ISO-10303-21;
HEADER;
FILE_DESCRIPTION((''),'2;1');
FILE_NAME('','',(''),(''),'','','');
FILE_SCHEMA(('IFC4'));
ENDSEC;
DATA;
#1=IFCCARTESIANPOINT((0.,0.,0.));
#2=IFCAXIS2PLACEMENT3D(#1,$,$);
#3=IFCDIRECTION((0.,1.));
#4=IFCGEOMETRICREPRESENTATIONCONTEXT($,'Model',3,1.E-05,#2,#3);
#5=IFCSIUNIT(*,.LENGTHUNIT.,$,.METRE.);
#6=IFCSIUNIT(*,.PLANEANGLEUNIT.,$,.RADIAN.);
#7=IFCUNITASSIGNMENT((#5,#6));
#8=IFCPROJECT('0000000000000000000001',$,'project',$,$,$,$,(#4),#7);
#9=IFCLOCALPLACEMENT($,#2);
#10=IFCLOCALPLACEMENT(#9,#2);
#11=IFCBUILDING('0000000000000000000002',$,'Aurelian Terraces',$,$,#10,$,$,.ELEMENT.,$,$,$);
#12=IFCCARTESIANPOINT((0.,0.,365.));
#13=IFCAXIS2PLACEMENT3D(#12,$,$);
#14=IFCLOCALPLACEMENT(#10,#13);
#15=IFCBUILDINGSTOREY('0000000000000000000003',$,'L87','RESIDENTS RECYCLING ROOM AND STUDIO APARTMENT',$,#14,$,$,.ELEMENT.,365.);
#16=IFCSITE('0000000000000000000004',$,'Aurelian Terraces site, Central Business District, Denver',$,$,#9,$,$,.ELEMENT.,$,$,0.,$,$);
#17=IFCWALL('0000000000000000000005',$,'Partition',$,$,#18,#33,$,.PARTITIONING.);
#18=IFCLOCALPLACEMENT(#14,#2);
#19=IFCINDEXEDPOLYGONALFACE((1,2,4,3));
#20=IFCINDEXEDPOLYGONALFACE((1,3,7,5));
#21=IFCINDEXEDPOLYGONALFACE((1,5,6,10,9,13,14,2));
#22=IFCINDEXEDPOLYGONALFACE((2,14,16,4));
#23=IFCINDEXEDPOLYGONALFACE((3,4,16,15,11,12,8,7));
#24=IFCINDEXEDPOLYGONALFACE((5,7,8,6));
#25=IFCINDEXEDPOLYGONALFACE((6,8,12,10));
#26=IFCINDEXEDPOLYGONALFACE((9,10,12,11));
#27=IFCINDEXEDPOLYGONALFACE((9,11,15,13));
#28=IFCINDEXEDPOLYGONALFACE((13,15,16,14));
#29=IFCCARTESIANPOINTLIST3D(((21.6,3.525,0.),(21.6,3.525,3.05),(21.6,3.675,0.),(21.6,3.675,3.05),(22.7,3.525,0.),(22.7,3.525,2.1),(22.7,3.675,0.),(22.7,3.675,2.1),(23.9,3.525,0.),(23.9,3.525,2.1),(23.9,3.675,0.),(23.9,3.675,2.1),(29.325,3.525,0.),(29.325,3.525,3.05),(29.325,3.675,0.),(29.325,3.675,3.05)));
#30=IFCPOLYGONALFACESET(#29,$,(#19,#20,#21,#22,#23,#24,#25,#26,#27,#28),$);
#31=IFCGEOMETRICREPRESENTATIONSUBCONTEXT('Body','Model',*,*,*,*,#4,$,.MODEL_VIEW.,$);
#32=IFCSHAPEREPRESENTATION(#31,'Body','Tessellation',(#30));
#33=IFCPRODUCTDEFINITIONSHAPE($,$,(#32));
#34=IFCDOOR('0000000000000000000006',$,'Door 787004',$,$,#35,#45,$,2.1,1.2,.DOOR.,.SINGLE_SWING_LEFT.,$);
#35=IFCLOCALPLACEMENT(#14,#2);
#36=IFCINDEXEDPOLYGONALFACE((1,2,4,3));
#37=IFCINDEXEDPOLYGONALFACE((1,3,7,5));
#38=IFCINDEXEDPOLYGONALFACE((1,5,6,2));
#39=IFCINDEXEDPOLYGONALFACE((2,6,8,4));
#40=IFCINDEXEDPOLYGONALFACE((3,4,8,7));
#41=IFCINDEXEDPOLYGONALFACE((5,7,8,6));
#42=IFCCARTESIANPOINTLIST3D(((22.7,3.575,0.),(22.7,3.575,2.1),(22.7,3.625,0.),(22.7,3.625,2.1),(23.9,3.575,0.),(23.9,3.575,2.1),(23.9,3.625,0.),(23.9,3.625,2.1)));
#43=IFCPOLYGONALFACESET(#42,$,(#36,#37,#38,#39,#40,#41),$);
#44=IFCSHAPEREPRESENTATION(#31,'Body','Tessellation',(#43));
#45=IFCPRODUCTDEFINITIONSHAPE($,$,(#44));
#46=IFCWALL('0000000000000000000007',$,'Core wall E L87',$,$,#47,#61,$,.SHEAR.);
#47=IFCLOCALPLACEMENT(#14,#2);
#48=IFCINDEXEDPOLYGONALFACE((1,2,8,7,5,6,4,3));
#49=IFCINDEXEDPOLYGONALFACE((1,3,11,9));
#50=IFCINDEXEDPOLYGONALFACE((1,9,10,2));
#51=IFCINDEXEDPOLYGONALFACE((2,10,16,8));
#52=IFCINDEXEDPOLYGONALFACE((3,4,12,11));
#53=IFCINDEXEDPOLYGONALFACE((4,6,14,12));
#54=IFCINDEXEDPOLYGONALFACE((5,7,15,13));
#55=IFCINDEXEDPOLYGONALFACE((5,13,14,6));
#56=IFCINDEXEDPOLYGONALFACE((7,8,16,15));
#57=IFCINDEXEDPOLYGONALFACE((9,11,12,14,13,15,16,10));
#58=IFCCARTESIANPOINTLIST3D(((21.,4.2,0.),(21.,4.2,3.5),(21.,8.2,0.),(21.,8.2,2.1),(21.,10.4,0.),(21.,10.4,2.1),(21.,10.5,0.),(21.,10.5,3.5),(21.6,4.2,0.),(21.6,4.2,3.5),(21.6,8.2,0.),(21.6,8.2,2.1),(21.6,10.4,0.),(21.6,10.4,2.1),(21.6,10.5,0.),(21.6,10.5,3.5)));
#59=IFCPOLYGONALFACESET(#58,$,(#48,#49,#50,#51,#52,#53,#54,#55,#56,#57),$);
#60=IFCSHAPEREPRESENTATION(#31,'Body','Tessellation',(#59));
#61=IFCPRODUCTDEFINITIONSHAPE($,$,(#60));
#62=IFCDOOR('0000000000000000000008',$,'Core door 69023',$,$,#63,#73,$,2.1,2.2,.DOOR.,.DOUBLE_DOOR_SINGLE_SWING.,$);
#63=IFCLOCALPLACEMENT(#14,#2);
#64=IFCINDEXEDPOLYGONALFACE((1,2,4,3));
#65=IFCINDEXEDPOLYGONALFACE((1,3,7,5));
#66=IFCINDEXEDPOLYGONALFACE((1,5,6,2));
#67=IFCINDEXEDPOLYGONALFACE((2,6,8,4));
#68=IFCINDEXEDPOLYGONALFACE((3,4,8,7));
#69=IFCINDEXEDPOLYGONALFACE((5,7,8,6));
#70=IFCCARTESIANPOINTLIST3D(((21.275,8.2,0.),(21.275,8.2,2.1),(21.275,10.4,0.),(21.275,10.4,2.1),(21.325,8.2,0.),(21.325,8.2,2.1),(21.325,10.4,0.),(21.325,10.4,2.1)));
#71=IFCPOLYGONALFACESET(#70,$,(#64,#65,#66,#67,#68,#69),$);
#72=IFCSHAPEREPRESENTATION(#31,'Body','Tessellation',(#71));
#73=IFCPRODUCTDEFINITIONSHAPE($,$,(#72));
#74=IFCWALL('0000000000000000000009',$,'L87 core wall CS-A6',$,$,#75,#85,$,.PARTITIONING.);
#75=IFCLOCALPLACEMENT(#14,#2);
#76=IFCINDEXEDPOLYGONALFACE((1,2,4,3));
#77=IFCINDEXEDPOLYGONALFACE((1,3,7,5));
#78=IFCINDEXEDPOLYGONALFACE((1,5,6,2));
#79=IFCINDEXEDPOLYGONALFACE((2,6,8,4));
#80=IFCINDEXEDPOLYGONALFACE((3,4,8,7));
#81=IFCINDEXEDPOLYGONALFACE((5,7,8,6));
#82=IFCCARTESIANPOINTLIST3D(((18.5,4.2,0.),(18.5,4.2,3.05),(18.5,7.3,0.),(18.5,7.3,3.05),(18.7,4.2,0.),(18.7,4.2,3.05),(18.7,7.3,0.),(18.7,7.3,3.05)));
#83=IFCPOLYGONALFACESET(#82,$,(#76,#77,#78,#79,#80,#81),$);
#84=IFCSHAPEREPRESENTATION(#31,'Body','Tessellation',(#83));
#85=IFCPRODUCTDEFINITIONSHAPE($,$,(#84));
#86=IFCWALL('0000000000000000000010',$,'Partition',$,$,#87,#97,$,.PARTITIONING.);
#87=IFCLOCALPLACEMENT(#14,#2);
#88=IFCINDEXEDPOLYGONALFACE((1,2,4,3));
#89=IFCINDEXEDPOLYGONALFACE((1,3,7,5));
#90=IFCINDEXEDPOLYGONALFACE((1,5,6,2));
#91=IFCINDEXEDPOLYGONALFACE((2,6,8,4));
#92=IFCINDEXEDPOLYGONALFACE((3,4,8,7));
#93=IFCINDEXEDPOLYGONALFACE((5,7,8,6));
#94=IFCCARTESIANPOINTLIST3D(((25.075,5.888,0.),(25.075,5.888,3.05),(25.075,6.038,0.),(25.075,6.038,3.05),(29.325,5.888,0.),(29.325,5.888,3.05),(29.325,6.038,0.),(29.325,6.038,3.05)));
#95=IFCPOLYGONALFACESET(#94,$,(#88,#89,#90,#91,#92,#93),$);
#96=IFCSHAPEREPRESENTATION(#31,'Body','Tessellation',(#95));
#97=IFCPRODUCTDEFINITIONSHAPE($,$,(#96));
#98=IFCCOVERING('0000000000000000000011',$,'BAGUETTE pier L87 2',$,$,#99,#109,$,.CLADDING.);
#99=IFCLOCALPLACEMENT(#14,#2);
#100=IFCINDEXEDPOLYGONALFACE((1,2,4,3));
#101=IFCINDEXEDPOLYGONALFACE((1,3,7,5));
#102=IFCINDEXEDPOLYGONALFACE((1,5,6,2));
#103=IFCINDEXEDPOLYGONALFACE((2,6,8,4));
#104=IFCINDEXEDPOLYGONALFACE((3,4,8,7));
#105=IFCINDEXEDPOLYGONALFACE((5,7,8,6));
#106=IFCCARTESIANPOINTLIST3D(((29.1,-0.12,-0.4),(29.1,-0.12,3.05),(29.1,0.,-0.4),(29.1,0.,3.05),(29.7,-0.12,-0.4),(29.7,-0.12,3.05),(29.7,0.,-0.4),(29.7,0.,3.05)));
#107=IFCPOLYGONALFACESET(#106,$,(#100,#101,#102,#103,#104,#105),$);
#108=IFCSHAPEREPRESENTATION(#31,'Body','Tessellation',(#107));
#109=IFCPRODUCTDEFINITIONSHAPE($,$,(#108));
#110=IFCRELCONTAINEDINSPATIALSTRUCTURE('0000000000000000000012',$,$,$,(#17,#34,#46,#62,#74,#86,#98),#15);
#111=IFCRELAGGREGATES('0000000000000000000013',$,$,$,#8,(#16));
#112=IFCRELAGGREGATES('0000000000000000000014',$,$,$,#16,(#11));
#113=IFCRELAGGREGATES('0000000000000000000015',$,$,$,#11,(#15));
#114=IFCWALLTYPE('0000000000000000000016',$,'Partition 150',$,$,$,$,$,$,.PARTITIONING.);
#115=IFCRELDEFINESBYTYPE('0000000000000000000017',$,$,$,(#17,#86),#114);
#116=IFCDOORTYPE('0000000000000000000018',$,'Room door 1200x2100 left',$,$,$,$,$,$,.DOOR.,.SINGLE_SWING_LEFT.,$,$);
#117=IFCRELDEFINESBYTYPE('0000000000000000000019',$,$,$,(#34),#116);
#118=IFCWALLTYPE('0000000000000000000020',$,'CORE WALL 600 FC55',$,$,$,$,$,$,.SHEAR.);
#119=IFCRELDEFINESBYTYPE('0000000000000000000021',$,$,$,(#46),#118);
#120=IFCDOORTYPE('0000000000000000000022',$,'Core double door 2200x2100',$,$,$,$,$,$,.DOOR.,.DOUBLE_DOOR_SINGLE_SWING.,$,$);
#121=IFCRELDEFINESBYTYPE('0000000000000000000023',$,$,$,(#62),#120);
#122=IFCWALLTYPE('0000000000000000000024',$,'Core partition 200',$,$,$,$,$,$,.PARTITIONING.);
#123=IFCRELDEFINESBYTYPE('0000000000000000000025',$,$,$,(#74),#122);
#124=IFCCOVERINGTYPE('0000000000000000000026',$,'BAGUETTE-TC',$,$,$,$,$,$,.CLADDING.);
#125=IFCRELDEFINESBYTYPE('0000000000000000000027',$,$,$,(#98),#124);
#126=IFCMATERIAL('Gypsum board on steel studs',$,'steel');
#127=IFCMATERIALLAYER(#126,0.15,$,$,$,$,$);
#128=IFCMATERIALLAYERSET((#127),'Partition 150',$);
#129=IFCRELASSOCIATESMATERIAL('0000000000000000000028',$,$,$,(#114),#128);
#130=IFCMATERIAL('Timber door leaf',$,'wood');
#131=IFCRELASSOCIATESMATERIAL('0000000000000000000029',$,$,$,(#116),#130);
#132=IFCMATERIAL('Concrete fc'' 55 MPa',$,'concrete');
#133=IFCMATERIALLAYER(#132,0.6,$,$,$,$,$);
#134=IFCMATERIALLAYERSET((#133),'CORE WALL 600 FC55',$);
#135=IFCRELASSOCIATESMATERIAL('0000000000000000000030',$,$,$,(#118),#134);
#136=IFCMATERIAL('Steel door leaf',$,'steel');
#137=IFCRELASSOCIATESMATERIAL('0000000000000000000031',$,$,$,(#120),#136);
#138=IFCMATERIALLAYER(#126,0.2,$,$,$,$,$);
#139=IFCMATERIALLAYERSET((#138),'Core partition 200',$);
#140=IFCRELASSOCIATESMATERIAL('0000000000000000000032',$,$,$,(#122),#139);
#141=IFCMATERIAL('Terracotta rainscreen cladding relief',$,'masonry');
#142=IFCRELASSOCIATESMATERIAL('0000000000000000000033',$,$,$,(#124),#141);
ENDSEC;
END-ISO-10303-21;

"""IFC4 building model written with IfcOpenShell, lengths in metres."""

from ifc_helpers import new_model, si_unit, direction, frame, frame_2d, origin, origin_2d, place, context, subcontext, project, spatial, rectangle, extrude, source, transform, mapped, material, layer, layer_set, type_object, element, fill, save


model = new_model("IFC4")

# Units and contexts
model_context = context("Model", 3, precision=1e-05, world=origin(), true_north=direction((0.0, 1.0)))
body_context = subcontext(model_context, "Body", "Model", "MODEL_VIEW")
ifc_project = project(units=[si_unit("LENGTHUNIT", "METRE"), si_unit("PLANEANGLEUNIT", "RADIAN")], contexts=[model_context])

# Site, building, storey
site_placement = place(None, origin())
site = spatial("IfcSite", under=ifc_project, at=site_placement, Name="Aurelian Terraces site, Central Business District, Denver", CompositionType="ELEMENT", RefElevation=0.0)
building_placement = place(site_placement, origin())
building = spatial("IfcBuilding", under=site, at=building_placement, Name="Aurelian Terraces", CompositionType="ELEMENT")
storey_placement = place(building_placement, frame((0.0, 0.0, 365.0)))
storey = spatial("IfcBuildingStorey", under=building, at=storey_placement, Name="L87", Description="RESIDENTS RECYCLING ROOM AND STUDIO APARTMENT", CompositionType="ELEMENT", Elevation=365.0)

# Shared definitions
ifc_material_1 = material(Name="Concrete fc' 55 MPa", Category="concrete")

# Shared definitions
ifc_material_2 = material(Name="Gypsum board on steel studs", Category="steel")
ifc_material_3 = material(Name="Steel door leaf", Category="steel")

# Walls, openings, doors
ifc_layer_1 = layer(ifc_material_2, 0.15)
ifc_layer_set_1 = layer_set([ifc_layer_1], Name="Partition 150")
wall_type_1 = type_object("IfcWallType", Name="Partition 150", PredefinedType="PARTITIONING", material=ifc_layer_set_1)
ifc_material_4 = material(Name="Timber door leaf", Category="wood")
wall_1_placement = place(storey_placement, frame((21.6, 3.6, 0.0), z_axis=(0.0, 0.0, 1.0), x_axis=(1.0, 0.0, 0.0)))
wall_1 = element("IfcWall", 1, at=wall_1_placement, inside=storey, type_object=wall_type_1, Name="Partition", PredefinedType="PARTITIONING", context=body_context, shape_type="SweptSolid", body=[
    extrude(rectangle(XDim=7.725, YDim=0.15, at=frame_2d((3.8625, 0.0))), origin(), (0.0, 0.0, 1.0), 3.05),
])
shared_shape_1 = source(origin(), body_context, "Body", "SweptSolid", [
    extrude(rectangle(XDim=1.2, YDim=2.1, at=frame_2d((0.6, 1.05))), frame((0.0, 0.085, 0.0), z_axis=(0.0, -1.0, 0.0), x_axis=(1.0, 0.0, 0.0)), (0.0, 0.0, 1.0), 0.17),
])
opening_1_placement = place(wall_1_placement, frame((1.1, 0.0, 0.0)))
opening_1 = element("IfcOpeningElement", 2, at=opening_1_placement, cuts=wall_1, PredefinedType="OPENING", context=body_context, shape_type="MappedRepresentation", body=[
    mapped(shared_shape_1, transform((0.0, 0.0, 0.0), scale=1.0)),
])
door_type_1 = type_object("IfcDoorType", Name="Room door 1200x2100 left", OperationType="SINGLE_SWING_LEFT", PredefinedType="DOOR", material=ifc_material_4)
shared_shape_2 = source(origin(), body_context, "Body", "SweptSolid", [
    extrude(rectangle(XDim=1.2, YDim=2.1, at=frame_2d((0.6, 1.05))), frame((0.0, 0.025, 0.0), z_axis=(0.0, -1.0, 0.0), x_axis=(1.0, 0.0, 0.0)), (0.0, 0.0, 1.0), 0.05),
])
door_1_placement = place(opening_1_placement, origin())
door_1 = element("IfcDoor", 3, at=door_1_placement, inside=storey, type_object=door_type_1, Name="Door 787004", OperationType="SINGLE_SWING_LEFT", OverallHeight=2.1, OverallWidth=1.2, PredefinedType="DOOR", context=body_context, shape_type="MappedRepresentation", body=[
    mapped(shared_shape_2, transform((0.0, 0.0, 0.0), scale=1.0)),
])
fill(opening_1, door_1)
ifc_layer_2 = layer(ifc_material_1, 0.6)
ifc_layer_set_2 = layer_set([ifc_layer_2], Name="CORE WALL 600 FC55")
wall_type_2 = type_object("IfcWallType", Name="CORE WALL 600 FC55", PredefinedType="SHEAR", material=ifc_layer_set_2)
shared_shape_3 = source(origin(), body_context, "Body", "SweptSolid", [
    extrude(rectangle(XDim=6.3, YDim=0.6, at=frame_2d((3.15, 0.0))), origin(), (0.0, 0.0, 1.0), 3.5),
])
wall_2_placement = place(storey_placement, frame((21.3, 4.2, 0.0), z_axis=(0.0, 0.0, 1.0), x_axis=(0.0, 1.0, 0.0)))
wall_2 = element("IfcWall", 4, at=wall_2_placement, inside=storey, type_object=wall_type_2, Name="Core wall E L87", PredefinedType="SHEAR", context=body_context, shape_type="MappedRepresentation", body=[
    mapped(shared_shape_3, transform((0.0, 0.0, 0.0), scale=1.0)),
])
shared_shape_4 = source(origin(), body_context, "Body", "SweptSolid", [
    extrude(rectangle(XDim=2.2, YDim=2.1, at=frame_2d((1.1, 1.05))), frame((0.0, 0.31, 0.0), z_axis=(0.0, -1.0, 0.0), x_axis=(1.0, 0.0, 0.0)), (0.0, 0.0, 1.0), 0.62),
])
opening_2_placement = place(wall_2_placement, frame((4.0, 0.0, 0.0)))
opening_2 = element("IfcOpeningElement", 5, at=opening_2_placement, cuts=wall_2, PredefinedType="OPENING", context=body_context, shape_type="MappedRepresentation", body=[
    mapped(shared_shape_4, transform((0.0, 0.0, 0.0), scale=1.0)),
])
door_type_2 = type_object("IfcDoorType", Name="Core double door 2200x2100", OperationType="DOUBLE_DOOR_SINGLE_SWING", PredefinedType="DOOR", material=ifc_material_3)
shared_shape_5 = source(origin(), body_context, "Body", "SweptSolid", [
    extrude(rectangle(XDim=2.2, YDim=2.1, at=frame_2d((1.1, 1.05))), frame((0.0, 0.025, 0.0), z_axis=(0.0, -1.0, 0.0), x_axis=(1.0, 0.0, 0.0)), (0.0, 0.0, 1.0), 0.05),
])
door_2_placement = place(opening_2_placement, origin())
door_2 = element("IfcDoor", 6, at=door_2_placement, inside=storey, type_object=door_type_2, Name="Core door 69023", OperationType="DOUBLE_DOOR_SINGLE_SWING", OverallHeight=2.1, OverallWidth=2.2, PredefinedType="DOOR", context=body_context, shape_type="MappedRepresentation", body=[
    mapped(shared_shape_5, transform((0.0, 0.0, 0.0), scale=1.0)),
])
fill(opening_2, door_2)

# Walls
ifc_layer_3 = layer(ifc_material_2, 0.2)
ifc_layer_set_3 = layer_set([ifc_layer_3], Name="Core partition 200")
wall_type_3 = type_object("IfcWallType", Name="Core partition 200", PredefinedType="PARTITIONING", material=ifc_layer_set_3)
shared_shape_6 = source(origin(), body_context, "Body", "SweptSolid", [
    extrude(rectangle(XDim=3.1, YDim=0.2, at=frame_2d((1.55, 0.0))), origin(), (0.0, 0.0, 1.0), 3.05),
])
wall_3_placement = place(storey_placement, frame((18.6, 4.2, 0.0), z_axis=(0.0, 0.0, 1.0), x_axis=(0.0, 1.0, 0.0)))
element("IfcWall", 7, at=wall_3_placement, inside=storey, type_object=wall_type_3, Name="L87 core wall CS-A6", PredefinedType="PARTITIONING", context=body_context, shape_type="MappedRepresentation", body=[
    mapped(shared_shape_6, transform((0.0, 0.0, 0.0), scale=1.0)),
])
shared_shape_7 = source(origin(), body_context, "Body", "SweptSolid", [
    extrude(rectangle(XDim=4.25, YDim=0.15, at=frame_2d((2.125, 0.0))), origin(), (0.0, 0.0, 1.0), 3.05),
])
wall_4_placement = place(storey_placement, frame((29.325, 5.963, 0.0), z_axis=(0.0, 0.0, 1.0), x_axis=(-1.0, 0.0, 0.0)))
element("IfcWall", 8, at=wall_4_placement, inside=storey, type_object=wall_type_1, Name="Partition", PredefinedType="PARTITIONING", context=body_context, shape_type="MappedRepresentation", body=[
    mapped(shared_shape_7, transform((0.0, 0.0, 0.0), scale=1.0)),
])

# Covering
ifc_material_5 = material(Name="Terracotta rainscreen cladding relief", Category="masonry")
covering_type = type_object("IfcCoveringType", Name="BAGUETTE-TC", PredefinedType="CLADDING", material=ifc_material_5)
shared_shape_8 = source(origin(), body_context, "Body", "SweptSolid", [
    extrude(rectangle(XDim=0.6, YDim=0.12, at=origin_2d()), origin(), (0.0, 0.0, 1.0), 3.45),
])
covering_placement = place(storey_placement, frame((29.4, -0.06, -0.4), z_axis=(0.0, 0.0, 1.0), x_axis=(1.0, 0.0, 0.0)))
element("IfcCovering", 9, at=covering_placement, inside=storey, type_object=covering_type, Name="BAGUETTE pier L87 2", PredefinedType="CLADDING", context=body_context, shape_type="MappedRepresentation", body=[
    mapped(shared_shape_8, transform((0.0, 0.0, 0.0), scale=1.0)),
])

save(model, "model.ifc")
